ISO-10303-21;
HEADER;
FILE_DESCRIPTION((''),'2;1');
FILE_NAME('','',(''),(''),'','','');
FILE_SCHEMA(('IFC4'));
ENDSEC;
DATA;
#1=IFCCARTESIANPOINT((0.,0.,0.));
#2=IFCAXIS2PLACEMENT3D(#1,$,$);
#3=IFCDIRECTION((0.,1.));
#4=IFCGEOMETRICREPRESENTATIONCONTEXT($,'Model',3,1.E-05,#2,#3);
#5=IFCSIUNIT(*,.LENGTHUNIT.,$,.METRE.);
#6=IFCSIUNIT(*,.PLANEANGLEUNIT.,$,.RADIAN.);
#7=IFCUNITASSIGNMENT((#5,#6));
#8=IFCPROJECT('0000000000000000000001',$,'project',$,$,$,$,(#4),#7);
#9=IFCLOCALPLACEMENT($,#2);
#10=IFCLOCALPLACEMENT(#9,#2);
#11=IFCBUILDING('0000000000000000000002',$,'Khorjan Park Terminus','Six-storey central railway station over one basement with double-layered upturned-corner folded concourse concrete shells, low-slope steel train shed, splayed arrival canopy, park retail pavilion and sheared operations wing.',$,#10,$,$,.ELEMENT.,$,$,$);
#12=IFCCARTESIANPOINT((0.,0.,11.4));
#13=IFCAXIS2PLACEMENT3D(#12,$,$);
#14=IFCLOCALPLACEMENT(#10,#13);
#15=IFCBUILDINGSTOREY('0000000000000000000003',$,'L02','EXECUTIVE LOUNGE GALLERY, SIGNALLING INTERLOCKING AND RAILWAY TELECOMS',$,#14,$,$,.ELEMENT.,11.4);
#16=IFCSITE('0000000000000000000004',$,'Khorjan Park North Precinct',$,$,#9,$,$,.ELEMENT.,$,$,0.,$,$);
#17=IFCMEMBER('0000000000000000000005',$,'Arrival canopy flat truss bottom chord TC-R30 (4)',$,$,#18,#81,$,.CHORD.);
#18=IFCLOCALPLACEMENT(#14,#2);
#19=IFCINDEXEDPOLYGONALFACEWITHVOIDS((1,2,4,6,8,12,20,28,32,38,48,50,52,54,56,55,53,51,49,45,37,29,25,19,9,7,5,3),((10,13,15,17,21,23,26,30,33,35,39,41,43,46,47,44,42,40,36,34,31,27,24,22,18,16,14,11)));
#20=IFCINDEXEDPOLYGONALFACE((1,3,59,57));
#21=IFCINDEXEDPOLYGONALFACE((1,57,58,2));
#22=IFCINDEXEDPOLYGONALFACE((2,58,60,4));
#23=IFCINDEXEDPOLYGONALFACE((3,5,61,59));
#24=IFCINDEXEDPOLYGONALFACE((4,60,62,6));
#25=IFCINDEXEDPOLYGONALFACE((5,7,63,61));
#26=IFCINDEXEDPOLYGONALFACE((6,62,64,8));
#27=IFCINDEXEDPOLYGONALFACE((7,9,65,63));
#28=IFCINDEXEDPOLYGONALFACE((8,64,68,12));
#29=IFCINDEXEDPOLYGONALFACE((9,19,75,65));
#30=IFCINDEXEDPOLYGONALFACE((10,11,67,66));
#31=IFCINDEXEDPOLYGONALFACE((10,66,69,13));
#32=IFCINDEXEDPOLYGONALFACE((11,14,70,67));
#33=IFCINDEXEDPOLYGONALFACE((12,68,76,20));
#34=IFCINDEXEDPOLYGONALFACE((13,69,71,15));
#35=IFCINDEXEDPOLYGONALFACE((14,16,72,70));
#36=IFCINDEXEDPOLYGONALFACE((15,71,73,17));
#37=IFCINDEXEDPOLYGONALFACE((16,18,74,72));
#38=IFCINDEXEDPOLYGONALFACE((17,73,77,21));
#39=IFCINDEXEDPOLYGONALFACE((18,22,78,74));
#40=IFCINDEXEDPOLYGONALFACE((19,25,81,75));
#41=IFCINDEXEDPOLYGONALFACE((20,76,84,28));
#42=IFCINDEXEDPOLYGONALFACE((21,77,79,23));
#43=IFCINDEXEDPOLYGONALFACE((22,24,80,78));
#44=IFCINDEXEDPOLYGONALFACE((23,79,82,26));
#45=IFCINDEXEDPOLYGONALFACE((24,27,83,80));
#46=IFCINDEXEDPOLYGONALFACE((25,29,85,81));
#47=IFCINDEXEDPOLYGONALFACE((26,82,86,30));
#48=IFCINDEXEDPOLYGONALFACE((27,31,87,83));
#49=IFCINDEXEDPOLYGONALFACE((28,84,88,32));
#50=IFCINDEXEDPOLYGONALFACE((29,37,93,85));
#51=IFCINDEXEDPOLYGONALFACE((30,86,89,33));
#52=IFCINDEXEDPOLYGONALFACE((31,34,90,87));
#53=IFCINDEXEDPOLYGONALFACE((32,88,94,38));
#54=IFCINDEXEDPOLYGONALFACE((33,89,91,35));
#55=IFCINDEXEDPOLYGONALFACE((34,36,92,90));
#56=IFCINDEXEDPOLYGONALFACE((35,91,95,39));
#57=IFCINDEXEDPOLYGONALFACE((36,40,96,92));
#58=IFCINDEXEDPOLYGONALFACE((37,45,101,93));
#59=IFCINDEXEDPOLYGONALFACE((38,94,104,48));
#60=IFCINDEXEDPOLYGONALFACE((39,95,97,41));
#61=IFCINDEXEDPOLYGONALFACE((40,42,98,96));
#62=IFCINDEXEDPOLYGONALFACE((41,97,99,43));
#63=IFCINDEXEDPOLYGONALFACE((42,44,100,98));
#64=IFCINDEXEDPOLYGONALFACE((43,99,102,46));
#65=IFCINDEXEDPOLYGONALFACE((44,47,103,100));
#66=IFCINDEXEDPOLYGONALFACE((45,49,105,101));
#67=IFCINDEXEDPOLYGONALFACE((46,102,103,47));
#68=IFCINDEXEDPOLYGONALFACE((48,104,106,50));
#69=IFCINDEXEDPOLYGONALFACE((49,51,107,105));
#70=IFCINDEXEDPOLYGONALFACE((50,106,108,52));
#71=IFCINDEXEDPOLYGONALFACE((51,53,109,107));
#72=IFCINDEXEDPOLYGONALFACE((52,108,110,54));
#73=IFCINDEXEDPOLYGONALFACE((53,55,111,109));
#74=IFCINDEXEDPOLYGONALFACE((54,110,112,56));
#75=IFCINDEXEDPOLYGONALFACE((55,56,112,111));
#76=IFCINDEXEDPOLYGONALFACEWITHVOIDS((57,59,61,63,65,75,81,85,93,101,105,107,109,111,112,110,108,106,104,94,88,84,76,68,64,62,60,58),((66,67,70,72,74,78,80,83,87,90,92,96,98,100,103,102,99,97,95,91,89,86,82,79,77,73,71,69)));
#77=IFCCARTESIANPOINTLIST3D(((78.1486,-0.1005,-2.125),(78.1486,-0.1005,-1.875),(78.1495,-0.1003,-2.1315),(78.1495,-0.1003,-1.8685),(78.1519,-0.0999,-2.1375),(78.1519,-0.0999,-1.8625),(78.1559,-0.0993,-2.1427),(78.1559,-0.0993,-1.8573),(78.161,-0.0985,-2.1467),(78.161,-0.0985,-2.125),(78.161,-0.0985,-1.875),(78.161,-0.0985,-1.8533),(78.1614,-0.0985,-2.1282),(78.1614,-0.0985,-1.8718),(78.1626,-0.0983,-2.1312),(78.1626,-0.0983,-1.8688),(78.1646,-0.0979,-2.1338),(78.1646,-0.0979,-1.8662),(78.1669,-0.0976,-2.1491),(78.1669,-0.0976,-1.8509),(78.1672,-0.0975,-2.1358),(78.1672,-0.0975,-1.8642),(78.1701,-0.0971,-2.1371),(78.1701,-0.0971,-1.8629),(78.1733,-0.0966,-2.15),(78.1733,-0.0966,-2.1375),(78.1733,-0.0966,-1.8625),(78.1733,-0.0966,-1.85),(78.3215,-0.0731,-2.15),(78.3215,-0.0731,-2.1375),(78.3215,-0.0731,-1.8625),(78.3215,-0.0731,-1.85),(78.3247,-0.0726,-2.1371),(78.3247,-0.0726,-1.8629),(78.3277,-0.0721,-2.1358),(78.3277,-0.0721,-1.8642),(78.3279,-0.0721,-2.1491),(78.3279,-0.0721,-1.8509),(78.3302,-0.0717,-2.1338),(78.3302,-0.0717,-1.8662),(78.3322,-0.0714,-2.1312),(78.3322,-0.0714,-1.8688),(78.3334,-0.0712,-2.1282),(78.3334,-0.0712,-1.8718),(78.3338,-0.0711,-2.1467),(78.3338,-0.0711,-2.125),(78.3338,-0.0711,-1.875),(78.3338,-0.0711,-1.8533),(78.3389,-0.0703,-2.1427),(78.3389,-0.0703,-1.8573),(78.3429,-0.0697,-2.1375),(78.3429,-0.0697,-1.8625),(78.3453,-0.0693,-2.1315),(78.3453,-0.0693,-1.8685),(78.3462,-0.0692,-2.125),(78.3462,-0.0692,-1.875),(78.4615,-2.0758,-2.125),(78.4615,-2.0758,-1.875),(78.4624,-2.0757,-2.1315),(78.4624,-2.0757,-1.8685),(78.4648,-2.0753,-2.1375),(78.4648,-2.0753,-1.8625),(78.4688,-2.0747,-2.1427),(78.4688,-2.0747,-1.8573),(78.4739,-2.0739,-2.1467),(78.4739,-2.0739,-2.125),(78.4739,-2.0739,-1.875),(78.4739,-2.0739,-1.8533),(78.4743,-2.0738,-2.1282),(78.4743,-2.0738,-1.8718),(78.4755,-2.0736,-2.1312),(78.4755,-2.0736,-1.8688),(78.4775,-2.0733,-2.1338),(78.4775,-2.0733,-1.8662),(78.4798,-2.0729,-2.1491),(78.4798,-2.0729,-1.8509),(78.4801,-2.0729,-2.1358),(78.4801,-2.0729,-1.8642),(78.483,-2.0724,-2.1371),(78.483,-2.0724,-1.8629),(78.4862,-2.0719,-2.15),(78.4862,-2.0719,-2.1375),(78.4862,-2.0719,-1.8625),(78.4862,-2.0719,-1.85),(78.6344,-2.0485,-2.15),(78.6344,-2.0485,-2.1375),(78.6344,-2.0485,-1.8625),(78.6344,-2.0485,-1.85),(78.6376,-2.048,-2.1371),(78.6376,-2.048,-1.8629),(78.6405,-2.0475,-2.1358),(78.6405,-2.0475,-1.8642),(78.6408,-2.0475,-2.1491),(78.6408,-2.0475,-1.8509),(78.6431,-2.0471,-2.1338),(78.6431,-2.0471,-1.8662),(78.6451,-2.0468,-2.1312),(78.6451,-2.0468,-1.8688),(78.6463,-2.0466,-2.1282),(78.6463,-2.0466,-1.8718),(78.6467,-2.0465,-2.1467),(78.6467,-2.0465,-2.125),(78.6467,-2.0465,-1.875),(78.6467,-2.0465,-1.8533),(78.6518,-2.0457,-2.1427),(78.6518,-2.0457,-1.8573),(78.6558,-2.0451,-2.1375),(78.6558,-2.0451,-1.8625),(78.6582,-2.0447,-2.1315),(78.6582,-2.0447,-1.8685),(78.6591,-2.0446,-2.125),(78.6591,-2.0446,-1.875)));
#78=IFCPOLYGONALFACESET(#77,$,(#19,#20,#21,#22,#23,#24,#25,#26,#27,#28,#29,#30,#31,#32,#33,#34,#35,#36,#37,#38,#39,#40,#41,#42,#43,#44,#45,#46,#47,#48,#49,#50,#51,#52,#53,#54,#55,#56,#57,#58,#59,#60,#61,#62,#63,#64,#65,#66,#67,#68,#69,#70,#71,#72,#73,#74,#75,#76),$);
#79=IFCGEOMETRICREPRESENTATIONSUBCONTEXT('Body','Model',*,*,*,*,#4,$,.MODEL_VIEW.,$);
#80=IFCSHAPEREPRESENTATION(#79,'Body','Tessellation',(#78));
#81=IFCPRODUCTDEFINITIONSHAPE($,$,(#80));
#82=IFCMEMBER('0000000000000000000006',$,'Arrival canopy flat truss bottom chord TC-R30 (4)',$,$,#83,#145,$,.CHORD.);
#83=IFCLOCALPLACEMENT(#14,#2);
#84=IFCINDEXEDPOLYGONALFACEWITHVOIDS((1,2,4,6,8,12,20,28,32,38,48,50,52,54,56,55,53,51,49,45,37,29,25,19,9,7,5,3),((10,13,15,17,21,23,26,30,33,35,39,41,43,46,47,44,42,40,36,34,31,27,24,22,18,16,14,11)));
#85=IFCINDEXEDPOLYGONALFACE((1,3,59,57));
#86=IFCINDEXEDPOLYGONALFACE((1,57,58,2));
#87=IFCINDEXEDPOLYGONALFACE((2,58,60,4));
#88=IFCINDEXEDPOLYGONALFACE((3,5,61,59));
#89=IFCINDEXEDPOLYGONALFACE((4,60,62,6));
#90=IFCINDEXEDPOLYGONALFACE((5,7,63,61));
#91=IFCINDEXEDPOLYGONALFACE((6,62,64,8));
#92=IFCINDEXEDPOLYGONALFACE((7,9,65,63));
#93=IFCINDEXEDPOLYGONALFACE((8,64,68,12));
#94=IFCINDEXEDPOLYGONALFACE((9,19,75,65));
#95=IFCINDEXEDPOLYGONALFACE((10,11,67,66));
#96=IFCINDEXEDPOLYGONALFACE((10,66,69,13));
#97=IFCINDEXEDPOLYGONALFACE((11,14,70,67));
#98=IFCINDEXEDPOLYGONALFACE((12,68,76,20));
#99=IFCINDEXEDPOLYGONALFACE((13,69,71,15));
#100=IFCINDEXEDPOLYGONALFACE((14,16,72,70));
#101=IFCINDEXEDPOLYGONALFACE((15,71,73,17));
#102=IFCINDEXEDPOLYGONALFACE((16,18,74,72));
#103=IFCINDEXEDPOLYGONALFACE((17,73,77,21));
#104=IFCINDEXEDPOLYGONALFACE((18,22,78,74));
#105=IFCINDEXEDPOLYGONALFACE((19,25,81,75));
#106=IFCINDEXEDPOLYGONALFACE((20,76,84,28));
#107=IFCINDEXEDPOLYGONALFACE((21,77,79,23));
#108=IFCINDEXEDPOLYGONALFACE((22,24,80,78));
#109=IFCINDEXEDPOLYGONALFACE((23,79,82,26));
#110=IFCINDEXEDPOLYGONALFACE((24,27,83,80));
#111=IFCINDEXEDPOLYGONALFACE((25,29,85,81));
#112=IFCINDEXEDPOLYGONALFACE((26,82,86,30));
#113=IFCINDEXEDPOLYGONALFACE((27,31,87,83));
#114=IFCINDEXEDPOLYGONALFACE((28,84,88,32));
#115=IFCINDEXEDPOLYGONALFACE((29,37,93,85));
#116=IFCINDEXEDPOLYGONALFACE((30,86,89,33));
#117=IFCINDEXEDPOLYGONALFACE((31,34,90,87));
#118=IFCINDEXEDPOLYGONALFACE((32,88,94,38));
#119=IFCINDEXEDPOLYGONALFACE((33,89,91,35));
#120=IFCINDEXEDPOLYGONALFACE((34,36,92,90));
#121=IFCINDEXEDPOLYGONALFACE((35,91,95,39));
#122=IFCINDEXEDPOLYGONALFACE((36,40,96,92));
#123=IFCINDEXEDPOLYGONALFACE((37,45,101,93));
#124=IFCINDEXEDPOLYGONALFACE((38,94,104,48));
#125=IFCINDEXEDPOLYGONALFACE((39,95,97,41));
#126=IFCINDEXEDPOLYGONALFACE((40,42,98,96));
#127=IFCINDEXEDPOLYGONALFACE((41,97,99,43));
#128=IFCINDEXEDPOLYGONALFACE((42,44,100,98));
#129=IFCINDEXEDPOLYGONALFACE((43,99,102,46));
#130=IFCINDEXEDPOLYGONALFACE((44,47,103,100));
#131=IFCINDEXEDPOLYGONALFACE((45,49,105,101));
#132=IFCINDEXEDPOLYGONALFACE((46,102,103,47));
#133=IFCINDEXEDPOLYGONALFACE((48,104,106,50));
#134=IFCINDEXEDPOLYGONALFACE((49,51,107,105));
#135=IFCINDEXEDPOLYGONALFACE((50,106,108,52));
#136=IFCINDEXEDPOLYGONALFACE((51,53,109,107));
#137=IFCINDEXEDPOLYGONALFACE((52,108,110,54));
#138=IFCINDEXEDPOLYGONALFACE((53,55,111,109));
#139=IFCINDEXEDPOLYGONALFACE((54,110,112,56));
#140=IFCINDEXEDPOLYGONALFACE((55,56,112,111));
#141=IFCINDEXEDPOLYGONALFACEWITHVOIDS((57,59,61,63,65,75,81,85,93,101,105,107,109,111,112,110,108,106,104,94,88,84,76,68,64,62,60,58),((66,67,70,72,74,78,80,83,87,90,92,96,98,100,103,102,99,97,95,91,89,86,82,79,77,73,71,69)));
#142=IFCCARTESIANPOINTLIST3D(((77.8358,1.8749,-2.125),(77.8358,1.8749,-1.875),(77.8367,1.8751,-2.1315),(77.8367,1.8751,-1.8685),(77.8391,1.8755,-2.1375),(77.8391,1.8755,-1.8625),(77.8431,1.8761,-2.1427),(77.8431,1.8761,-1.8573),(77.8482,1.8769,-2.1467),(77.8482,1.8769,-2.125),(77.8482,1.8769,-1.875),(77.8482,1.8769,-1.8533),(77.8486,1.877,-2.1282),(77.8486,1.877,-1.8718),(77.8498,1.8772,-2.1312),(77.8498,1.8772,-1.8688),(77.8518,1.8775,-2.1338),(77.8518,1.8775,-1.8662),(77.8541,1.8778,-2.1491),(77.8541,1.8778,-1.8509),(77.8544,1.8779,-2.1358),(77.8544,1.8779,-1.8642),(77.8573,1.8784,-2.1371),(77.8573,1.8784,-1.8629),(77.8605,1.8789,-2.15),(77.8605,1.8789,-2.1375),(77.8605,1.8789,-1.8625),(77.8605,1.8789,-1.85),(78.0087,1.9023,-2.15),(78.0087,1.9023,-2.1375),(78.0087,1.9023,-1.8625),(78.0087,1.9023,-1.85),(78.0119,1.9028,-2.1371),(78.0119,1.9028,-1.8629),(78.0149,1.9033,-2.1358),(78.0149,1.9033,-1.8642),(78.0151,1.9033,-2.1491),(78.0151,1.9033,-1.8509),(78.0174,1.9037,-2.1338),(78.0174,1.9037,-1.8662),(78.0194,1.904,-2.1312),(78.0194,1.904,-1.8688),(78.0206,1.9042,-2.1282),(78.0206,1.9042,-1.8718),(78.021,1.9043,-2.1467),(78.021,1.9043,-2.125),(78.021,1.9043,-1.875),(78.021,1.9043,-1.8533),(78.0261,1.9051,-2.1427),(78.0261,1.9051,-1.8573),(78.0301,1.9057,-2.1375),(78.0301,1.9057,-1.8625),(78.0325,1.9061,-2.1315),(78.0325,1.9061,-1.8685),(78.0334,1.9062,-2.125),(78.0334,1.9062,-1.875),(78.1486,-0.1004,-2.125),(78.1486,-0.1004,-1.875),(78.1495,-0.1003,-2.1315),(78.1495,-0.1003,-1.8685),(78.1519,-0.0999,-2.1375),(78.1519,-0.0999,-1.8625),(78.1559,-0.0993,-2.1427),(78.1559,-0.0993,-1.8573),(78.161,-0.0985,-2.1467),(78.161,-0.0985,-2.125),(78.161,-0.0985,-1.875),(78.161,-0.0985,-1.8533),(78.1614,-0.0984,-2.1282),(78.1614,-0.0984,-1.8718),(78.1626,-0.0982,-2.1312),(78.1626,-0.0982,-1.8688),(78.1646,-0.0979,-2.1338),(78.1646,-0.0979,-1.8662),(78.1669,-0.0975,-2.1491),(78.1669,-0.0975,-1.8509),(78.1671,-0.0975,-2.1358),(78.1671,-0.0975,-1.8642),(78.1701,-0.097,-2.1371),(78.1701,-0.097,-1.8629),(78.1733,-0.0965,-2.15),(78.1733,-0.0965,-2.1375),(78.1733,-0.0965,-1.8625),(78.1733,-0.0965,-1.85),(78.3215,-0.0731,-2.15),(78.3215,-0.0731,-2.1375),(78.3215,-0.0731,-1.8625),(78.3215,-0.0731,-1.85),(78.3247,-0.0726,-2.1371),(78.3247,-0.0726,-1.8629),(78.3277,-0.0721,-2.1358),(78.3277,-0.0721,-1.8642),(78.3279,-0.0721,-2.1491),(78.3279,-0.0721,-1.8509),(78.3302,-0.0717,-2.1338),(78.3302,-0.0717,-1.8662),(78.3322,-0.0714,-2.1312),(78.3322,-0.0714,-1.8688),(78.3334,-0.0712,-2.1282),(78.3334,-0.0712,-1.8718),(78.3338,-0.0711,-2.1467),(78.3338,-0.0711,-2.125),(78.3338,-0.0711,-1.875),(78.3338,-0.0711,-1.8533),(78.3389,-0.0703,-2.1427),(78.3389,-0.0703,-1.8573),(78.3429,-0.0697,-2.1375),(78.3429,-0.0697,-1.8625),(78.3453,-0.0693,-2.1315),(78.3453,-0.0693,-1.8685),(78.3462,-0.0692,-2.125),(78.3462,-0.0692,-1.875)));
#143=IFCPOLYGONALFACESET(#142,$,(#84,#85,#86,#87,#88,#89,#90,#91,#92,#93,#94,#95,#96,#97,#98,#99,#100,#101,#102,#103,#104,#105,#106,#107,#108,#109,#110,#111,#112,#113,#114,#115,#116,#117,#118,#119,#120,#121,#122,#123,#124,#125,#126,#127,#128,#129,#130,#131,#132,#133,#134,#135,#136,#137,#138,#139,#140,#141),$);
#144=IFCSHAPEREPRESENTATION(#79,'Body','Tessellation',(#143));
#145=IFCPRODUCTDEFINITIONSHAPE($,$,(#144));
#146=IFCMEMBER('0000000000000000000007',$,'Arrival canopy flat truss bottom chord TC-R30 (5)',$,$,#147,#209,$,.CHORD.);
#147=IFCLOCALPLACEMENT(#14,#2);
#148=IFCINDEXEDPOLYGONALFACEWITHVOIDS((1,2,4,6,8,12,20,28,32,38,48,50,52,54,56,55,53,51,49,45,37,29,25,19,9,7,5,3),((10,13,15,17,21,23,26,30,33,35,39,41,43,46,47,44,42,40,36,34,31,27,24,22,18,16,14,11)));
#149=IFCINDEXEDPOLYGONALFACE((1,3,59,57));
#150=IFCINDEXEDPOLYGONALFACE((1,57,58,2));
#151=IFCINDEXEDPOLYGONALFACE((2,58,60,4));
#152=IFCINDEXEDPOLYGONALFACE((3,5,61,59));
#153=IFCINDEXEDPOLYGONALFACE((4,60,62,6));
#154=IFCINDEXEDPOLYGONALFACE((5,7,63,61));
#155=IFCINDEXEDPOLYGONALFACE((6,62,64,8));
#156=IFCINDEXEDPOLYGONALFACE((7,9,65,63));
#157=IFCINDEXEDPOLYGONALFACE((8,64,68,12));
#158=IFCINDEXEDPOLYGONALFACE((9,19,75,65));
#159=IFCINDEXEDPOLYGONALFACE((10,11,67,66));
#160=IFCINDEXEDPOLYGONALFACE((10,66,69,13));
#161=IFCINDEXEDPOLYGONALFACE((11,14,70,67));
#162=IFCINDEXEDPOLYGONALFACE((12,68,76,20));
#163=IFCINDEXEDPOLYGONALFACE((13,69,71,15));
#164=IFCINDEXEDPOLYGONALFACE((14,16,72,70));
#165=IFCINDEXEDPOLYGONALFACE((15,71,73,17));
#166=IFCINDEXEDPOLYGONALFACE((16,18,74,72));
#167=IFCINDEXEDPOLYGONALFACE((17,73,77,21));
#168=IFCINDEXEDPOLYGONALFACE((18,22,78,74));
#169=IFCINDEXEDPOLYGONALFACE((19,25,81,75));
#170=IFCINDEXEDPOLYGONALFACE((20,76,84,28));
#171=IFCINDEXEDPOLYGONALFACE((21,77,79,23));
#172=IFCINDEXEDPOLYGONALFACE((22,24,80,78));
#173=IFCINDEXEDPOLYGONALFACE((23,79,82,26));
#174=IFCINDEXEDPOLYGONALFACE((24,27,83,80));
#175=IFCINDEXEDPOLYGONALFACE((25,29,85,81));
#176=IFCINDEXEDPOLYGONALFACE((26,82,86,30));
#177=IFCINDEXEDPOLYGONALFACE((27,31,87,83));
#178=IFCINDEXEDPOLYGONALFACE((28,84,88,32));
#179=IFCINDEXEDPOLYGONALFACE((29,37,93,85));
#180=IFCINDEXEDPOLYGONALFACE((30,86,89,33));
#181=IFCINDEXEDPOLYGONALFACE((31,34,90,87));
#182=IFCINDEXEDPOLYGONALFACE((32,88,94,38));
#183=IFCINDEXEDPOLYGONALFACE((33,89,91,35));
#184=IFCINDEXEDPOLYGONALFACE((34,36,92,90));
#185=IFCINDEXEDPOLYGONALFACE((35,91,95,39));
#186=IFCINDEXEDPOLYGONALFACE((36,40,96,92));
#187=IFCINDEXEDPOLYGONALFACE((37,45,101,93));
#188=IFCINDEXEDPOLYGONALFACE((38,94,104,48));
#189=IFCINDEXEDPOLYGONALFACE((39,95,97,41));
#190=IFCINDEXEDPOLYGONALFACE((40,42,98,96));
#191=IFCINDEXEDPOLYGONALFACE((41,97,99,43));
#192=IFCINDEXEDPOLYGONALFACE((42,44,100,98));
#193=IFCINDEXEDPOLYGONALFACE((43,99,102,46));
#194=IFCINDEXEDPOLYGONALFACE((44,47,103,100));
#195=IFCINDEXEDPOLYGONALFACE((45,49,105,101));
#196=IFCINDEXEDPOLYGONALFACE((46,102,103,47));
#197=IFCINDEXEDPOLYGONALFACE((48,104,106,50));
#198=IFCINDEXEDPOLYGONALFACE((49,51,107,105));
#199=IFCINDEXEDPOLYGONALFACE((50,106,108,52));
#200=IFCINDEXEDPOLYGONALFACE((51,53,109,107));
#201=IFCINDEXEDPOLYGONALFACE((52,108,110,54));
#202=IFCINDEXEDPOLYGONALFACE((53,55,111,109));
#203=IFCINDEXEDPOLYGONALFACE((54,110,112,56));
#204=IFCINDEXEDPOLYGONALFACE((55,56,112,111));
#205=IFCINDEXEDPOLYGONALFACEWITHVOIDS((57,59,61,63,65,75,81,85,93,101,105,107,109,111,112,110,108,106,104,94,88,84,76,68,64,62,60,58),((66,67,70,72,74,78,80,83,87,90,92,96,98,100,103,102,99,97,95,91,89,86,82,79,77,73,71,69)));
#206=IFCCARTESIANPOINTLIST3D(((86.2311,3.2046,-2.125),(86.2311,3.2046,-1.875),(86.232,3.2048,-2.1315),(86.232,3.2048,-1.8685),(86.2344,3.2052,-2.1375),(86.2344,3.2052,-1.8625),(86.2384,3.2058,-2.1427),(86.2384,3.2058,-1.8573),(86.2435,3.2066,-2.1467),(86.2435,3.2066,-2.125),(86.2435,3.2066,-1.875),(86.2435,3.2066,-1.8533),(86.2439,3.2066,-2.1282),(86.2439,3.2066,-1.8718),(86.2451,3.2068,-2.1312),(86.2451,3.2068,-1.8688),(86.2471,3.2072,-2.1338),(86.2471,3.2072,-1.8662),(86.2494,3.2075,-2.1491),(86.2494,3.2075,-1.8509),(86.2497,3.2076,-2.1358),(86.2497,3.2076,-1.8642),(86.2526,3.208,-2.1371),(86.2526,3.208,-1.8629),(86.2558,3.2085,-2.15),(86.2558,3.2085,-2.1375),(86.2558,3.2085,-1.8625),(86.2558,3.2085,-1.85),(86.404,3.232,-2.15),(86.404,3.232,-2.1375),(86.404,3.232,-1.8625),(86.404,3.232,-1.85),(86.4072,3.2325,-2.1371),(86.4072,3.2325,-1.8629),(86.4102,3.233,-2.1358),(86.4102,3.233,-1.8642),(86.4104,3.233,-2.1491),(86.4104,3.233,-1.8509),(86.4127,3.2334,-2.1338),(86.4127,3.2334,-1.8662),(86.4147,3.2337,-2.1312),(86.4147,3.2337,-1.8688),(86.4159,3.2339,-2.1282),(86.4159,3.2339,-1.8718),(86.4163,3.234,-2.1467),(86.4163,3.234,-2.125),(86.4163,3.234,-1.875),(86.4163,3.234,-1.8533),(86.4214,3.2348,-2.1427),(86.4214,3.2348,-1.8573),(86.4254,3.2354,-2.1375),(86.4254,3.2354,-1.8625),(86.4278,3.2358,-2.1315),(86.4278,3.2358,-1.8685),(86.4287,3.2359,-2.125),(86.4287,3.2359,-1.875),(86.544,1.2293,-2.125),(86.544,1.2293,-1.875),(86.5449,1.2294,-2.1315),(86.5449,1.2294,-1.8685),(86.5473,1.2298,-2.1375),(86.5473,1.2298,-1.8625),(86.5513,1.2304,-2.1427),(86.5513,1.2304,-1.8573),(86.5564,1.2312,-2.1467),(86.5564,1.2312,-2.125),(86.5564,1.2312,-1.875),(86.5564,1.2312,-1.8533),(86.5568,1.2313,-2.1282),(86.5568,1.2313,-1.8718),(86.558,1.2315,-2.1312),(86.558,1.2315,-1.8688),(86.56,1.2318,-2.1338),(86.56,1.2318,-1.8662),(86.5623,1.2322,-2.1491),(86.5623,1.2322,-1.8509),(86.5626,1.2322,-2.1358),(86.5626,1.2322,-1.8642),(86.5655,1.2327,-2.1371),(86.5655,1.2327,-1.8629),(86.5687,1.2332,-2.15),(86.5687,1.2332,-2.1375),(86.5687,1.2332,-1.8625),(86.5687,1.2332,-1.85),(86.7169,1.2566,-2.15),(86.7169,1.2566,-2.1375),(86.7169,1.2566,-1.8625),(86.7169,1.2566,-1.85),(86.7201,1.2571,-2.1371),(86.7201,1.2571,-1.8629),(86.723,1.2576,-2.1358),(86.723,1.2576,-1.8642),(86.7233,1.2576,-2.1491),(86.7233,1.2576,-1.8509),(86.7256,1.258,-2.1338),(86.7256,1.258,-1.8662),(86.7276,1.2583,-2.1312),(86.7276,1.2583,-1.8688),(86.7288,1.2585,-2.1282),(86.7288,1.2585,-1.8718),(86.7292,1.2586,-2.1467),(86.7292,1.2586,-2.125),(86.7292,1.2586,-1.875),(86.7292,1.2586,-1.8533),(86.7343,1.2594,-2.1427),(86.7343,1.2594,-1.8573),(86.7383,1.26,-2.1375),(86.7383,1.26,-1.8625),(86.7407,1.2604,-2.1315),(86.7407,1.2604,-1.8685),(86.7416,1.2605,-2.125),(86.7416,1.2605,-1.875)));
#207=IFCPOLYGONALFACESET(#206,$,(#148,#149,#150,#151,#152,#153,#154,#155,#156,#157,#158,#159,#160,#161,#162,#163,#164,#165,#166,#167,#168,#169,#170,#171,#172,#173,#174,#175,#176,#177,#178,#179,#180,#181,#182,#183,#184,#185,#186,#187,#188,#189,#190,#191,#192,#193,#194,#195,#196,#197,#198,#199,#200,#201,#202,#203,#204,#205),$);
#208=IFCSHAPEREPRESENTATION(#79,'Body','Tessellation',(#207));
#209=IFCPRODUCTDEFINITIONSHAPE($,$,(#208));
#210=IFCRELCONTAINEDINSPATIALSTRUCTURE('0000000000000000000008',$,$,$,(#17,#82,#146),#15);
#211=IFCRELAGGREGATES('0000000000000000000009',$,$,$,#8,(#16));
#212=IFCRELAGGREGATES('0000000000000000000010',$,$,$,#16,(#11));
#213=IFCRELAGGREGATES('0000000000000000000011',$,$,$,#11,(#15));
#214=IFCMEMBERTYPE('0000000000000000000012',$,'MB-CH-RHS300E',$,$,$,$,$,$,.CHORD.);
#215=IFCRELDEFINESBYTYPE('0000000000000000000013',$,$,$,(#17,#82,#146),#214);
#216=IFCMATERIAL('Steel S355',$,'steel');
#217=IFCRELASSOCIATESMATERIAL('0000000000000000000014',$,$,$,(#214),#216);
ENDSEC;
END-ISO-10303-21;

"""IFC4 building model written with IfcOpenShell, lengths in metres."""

from ifc_helpers import new_model, si_unit, direction, frame, origin, origin_2d, place, context, subcontext, project, spatial, hollow_rectangle, extrude, material, material_profile, profile_set, type_object, element, save


model = new_model("IFC4")

# Units and contexts
model_context = context("Model", 3, precision=1e-05, world=origin(), true_north=direction((0.0, 1.0)))
body_context = subcontext(model_context, "Body", "Model", "MODEL_VIEW")
ifc_project = project(units=[si_unit("LENGTHUNIT", "METRE"), si_unit("PLANEANGLEUNIT", "RADIAN")], contexts=[model_context])

# Site, building, storey
site_placement = place(None, origin())
site = spatial("IfcSite", under=ifc_project, at=site_placement, Name="Khorjan Park North Precinct", CompositionType="ELEMENT", RefElevation=0.0)
building_placement = place(site_placement, origin())
building = spatial("IfcBuilding", under=site, at=building_placement, Name="Khorjan Park Terminus", Description="Six-storey central railway station over one basement with double-layered upturned-corner folded concourse concrete shells, low-slope steel train shed, splayed arrival canopy, park retail pavilion and sheared operations wing.", CompositionType="ELEMENT")
storey_placement = place(building_placement, frame((0.0, 0.0, 11.4)))
storey = spatial("IfcBuildingStorey", under=building, at=storey_placement, Name="L02", Description="EXECUTIVE LOUNGE GALLERY, SIGNALLING INTERLOCKING AND RAILWAY TELECOMS", CompositionType="ELEMENT", Elevation=11.4)

# Members
ifc_material = material(Name="Steel S355", Category="steel")
ifc_material_profile_1 = material_profile(ifc_material, hollow_rectangle(XDim=0.2, YDim=0.3, WallThickness=0.0125, InnerFilletRadius=0.0125, OuterFilletRadius=0.025, at=origin_2d()), Name="RHS 300x200x12.5")
ifc_profile_set_1 = profile_set([ifc_material_profile_1], Name="Steel S355")
member_type_1 = type_object("IfcMemberType", Name="MB-CH-RHS300E", PredefinedType="CHORD", material=ifc_profile_set_1)
for number, where, z_axis, x_axis, name in (
    (1, (78.5603, -2.0602, -2.0), (-0.156448, 0.987686, 0.0), (-0.987686, -0.156448, 0.0), "Arrival canopy flat truss bottom chord TC-R30 (4)"),
    (2, (78.2474, -0.0848, -2.0), (-0.156399, 0.987694, 0.0), (-0.987694, -0.156399, 0.0), "Arrival canopy flat truss bottom chord TC-R30 (4)"),
    (3, (86.6428, 1.2449, -2.0), (-0.156448, 0.987686, 0.0), (-0.987686, -0.156448, 0.0), "Arrival canopy flat truss bottom chord TC-R30 (5)"),
):
    element("IfcMember", number, at=place(storey_placement, frame(where, z_axis=z_axis, x_axis=x_axis)), inside=storey, type_object=member_type_1, Name=name, PredefinedType="CHORD", context=body_context, shape_type="SweptSolid", body=[
        extrude(hollow_rectangle(XDim=0.2, YDim=0.3, WallThickness=0.0125, InnerFilletRadius=0.0125, OuterFilletRadius=0.025, at=origin_2d()), origin(), (0.0, 0.0, 1.0), 2.0),
    ])

save(model, "model.ifc")
